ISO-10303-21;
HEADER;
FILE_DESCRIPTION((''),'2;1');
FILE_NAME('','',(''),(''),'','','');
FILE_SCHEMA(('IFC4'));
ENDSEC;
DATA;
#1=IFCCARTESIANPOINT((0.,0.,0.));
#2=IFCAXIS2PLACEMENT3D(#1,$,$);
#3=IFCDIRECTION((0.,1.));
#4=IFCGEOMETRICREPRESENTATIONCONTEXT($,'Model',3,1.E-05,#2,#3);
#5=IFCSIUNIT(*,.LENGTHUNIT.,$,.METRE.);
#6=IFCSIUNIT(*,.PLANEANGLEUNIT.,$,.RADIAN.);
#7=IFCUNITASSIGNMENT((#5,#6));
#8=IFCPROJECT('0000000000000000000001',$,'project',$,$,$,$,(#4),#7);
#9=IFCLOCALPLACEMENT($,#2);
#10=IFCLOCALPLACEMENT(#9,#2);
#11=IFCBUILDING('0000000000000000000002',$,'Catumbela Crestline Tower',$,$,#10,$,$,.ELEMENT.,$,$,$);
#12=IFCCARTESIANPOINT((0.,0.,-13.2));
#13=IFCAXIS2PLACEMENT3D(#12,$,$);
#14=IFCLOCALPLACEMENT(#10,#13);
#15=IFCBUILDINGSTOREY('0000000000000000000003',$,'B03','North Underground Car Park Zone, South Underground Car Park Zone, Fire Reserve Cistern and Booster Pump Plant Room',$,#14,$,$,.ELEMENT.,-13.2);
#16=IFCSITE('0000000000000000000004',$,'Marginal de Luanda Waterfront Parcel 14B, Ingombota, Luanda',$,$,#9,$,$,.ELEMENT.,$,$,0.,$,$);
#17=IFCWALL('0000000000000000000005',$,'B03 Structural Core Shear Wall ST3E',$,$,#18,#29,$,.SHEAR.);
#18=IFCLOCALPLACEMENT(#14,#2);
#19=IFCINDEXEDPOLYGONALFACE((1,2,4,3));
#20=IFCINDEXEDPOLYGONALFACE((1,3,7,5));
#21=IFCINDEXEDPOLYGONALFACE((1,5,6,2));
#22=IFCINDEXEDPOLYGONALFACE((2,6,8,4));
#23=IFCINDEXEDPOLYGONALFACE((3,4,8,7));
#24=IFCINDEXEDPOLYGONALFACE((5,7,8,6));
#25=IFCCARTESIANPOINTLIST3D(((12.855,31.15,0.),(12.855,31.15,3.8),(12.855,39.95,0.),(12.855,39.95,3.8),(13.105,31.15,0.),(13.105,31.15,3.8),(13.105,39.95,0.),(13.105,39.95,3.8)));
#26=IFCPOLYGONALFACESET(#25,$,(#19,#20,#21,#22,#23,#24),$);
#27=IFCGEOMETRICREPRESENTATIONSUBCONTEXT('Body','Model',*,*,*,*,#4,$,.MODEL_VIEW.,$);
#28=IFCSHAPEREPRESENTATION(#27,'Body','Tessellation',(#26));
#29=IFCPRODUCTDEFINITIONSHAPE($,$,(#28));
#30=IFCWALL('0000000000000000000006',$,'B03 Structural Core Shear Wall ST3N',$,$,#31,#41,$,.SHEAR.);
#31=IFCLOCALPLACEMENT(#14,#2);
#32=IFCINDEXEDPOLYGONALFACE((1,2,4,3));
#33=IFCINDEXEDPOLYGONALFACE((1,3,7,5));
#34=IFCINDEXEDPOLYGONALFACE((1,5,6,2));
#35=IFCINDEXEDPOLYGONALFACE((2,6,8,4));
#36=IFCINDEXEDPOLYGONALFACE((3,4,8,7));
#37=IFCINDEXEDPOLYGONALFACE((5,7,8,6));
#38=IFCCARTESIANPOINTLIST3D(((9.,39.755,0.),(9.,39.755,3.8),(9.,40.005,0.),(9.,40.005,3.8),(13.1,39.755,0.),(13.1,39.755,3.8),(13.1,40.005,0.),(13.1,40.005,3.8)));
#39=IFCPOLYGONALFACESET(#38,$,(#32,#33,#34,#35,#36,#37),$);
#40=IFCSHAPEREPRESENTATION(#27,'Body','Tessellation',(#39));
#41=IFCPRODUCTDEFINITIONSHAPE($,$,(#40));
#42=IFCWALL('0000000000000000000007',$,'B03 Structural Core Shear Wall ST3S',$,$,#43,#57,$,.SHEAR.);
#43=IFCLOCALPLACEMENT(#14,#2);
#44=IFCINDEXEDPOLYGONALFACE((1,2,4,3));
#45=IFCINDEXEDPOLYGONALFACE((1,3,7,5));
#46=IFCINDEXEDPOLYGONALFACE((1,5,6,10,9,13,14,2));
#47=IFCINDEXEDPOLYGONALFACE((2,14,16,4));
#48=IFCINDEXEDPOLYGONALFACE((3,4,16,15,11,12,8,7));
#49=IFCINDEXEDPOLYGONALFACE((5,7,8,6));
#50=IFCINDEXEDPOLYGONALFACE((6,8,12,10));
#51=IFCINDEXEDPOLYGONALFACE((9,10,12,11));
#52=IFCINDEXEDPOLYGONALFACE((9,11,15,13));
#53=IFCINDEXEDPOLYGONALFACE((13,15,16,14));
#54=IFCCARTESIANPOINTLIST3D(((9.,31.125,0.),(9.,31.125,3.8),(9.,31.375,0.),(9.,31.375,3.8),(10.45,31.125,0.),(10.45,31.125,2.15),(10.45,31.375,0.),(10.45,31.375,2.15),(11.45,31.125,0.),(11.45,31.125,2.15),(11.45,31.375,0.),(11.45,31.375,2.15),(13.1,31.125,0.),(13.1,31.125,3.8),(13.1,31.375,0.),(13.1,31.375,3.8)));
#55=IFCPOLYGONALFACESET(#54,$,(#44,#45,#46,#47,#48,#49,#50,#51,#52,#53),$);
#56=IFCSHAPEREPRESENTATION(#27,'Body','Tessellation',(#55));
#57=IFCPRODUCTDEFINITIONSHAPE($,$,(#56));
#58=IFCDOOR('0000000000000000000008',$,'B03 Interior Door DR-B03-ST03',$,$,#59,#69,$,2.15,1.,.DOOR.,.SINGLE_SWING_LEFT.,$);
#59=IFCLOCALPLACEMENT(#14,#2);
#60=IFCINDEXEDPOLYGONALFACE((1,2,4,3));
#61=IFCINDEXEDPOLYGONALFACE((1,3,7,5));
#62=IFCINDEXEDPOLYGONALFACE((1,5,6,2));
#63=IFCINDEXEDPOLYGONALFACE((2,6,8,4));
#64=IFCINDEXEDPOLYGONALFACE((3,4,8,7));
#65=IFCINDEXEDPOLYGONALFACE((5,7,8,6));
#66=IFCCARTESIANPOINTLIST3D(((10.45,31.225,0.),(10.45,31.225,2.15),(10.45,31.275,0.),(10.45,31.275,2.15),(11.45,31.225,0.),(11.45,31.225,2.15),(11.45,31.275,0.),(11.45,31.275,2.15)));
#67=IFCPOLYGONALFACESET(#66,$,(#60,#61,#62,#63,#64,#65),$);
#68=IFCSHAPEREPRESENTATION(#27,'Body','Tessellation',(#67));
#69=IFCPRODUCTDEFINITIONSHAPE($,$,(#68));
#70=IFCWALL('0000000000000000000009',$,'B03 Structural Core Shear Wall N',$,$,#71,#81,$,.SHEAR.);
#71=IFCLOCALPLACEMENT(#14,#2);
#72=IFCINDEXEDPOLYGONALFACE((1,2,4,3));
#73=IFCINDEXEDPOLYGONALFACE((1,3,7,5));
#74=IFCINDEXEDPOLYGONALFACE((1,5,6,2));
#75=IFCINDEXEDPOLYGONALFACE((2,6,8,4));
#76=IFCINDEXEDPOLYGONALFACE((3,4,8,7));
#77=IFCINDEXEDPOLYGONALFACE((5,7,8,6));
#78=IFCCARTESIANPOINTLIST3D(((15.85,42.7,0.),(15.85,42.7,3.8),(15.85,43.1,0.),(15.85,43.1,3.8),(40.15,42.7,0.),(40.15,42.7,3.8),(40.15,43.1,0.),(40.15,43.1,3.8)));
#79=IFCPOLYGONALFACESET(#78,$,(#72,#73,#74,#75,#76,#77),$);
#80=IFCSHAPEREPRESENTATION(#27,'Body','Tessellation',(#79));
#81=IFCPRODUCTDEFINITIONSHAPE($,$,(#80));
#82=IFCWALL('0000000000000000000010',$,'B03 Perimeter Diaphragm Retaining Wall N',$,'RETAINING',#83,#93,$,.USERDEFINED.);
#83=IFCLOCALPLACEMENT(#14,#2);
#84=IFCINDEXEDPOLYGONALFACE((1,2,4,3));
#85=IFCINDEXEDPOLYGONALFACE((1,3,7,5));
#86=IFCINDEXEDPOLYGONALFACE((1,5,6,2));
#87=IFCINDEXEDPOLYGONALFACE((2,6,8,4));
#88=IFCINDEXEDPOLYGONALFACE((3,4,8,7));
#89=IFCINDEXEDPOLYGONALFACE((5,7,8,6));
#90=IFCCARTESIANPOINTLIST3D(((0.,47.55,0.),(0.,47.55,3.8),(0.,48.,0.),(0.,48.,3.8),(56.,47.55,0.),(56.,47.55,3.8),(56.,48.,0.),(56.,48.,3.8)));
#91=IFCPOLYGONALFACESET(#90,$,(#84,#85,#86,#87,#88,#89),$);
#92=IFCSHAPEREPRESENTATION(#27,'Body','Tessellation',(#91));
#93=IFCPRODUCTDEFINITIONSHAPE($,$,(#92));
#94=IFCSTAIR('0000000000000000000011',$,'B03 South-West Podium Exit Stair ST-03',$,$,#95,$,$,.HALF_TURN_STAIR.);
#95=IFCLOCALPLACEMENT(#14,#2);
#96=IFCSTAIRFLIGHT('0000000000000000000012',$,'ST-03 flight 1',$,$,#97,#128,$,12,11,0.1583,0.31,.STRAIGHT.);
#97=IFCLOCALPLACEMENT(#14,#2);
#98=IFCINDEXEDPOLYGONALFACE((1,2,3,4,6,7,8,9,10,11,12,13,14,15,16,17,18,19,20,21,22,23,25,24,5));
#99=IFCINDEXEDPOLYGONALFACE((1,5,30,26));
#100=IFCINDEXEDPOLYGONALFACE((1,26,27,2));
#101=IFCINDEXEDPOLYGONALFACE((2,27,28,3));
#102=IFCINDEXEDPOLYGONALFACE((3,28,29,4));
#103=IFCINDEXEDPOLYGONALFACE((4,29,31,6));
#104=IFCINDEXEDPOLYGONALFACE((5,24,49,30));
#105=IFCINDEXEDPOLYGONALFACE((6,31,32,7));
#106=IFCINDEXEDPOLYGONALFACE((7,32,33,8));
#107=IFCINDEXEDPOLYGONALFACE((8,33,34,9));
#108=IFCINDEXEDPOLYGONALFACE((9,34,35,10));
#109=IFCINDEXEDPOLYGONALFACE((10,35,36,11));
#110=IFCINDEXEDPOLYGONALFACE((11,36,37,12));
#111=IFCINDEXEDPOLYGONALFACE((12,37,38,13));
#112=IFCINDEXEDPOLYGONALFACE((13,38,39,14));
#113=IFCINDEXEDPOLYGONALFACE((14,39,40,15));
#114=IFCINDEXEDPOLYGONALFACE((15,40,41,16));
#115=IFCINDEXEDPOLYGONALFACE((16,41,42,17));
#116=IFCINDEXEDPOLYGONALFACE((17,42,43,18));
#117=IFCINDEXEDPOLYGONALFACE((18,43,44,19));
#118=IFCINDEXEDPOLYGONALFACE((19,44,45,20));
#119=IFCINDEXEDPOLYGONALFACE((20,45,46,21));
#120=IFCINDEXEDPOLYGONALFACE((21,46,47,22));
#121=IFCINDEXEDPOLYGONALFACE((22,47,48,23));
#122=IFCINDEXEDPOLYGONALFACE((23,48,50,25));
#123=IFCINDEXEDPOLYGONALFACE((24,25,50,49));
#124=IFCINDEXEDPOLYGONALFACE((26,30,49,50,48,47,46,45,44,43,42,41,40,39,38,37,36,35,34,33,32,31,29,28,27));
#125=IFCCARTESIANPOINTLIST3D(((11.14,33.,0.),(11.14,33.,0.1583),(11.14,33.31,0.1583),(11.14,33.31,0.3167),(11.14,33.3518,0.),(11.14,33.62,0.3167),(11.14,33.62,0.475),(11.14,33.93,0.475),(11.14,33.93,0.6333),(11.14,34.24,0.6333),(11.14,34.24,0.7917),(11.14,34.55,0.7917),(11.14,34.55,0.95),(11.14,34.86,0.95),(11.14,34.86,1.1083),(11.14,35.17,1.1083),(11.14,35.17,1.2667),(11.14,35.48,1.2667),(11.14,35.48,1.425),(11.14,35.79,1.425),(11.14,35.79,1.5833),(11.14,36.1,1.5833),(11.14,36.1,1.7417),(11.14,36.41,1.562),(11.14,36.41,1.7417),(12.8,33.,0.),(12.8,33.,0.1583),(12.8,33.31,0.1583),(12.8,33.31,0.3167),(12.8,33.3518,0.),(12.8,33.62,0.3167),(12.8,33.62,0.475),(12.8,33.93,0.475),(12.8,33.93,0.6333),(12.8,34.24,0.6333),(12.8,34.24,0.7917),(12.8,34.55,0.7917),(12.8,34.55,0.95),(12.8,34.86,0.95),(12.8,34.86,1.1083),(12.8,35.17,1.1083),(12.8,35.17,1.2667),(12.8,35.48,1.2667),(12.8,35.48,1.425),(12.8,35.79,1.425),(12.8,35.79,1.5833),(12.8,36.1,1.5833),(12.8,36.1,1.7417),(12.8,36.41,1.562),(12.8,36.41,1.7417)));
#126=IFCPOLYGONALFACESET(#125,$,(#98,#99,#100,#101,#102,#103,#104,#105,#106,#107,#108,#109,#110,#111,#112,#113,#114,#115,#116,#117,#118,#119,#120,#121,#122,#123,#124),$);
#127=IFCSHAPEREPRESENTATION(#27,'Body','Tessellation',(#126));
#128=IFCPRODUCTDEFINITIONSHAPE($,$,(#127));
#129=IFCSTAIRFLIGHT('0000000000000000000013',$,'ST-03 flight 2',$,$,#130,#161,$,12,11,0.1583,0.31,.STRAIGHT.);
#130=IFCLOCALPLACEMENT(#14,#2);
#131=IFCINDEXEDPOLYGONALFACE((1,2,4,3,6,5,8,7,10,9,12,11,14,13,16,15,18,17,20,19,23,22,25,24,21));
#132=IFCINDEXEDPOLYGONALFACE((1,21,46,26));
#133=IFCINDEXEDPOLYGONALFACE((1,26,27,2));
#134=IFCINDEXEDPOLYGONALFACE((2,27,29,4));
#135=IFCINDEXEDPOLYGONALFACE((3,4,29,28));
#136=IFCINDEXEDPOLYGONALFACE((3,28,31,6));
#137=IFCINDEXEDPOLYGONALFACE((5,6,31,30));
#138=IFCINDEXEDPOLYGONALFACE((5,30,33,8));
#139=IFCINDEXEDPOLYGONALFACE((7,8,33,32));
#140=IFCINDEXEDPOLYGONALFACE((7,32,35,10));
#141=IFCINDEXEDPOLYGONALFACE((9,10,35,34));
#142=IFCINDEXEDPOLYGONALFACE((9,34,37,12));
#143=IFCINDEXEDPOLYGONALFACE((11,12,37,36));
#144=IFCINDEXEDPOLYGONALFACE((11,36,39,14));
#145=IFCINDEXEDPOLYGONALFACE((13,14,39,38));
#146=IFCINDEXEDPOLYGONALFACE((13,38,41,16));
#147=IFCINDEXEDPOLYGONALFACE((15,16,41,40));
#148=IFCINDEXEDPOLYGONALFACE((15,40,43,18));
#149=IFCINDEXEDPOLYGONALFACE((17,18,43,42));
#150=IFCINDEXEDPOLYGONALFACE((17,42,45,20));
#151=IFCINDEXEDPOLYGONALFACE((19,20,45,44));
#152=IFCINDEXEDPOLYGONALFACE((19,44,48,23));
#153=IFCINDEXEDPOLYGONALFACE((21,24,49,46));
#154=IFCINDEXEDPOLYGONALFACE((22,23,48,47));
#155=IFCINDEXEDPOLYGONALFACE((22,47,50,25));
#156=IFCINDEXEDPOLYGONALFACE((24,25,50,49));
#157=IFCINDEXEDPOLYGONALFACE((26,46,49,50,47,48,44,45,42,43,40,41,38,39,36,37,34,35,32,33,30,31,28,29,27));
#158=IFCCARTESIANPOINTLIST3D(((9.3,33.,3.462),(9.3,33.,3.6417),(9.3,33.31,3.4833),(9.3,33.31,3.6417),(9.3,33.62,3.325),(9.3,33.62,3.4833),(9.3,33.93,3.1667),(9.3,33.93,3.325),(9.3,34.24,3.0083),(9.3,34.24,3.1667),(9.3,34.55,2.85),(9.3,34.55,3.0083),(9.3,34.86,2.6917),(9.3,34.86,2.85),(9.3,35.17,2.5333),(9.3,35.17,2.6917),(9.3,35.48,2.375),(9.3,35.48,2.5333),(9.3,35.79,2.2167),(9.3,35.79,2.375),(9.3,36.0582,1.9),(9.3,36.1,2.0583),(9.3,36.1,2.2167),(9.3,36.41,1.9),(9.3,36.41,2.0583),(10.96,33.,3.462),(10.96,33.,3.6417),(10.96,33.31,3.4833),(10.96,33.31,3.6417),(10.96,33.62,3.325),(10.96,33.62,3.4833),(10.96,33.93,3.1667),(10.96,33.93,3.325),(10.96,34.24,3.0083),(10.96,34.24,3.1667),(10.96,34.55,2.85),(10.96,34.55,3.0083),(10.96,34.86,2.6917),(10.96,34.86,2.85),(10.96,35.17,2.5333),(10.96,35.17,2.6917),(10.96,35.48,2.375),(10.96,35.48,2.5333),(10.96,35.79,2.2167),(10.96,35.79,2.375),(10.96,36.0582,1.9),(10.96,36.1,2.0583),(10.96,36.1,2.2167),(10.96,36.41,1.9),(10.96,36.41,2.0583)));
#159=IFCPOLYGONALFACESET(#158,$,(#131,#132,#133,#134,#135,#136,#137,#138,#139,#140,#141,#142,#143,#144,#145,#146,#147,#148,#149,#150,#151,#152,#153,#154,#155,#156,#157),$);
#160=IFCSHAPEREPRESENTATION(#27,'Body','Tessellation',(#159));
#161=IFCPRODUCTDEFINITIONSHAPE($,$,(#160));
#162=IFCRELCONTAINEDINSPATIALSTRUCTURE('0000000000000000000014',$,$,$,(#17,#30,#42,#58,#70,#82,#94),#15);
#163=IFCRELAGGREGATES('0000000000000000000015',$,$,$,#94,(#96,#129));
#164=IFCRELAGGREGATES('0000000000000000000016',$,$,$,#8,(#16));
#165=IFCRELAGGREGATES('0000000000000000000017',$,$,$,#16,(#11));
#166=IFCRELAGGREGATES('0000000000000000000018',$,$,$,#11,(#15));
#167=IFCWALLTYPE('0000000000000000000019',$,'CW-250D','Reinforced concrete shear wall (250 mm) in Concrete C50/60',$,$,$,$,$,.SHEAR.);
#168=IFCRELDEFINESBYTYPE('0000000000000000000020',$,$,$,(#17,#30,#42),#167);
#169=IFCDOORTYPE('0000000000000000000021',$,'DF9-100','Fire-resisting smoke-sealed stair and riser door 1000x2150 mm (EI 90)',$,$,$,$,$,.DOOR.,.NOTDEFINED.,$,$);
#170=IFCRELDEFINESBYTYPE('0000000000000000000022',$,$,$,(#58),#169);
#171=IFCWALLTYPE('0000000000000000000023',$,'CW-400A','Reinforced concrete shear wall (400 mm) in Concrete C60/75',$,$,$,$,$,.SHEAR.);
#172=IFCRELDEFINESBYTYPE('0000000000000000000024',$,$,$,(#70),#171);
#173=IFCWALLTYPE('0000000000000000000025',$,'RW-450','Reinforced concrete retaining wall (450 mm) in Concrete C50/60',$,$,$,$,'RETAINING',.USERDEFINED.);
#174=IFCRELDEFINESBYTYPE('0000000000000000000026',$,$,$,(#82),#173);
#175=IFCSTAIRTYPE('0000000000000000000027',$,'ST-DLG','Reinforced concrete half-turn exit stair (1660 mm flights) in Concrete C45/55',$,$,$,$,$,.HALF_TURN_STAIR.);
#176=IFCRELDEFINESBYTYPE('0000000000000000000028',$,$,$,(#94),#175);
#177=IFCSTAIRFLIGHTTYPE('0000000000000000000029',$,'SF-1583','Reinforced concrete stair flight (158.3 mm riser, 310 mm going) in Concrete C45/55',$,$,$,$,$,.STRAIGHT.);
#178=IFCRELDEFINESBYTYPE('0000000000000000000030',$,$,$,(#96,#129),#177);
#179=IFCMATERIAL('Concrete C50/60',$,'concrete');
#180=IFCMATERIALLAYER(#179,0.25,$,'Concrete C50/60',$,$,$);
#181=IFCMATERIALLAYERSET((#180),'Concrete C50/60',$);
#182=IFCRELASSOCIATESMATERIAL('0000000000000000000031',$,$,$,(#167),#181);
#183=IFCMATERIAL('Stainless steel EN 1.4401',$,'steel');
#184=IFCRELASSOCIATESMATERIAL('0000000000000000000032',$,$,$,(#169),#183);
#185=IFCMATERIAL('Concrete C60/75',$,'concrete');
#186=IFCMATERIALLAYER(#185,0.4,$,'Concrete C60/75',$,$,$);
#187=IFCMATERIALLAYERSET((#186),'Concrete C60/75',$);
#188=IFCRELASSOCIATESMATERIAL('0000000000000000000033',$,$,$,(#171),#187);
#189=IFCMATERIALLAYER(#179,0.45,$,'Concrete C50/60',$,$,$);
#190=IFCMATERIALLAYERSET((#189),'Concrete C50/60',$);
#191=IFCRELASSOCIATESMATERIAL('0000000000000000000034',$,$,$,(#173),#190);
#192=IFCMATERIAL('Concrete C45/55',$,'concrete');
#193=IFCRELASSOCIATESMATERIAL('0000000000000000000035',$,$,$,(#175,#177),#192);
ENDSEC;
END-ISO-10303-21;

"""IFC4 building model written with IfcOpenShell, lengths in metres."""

from ifc_helpers import new_model, si_unit, direction, frame, frame_2d, origin, place, context, subcontext, project, spatial, polyline, rectangle, outline, extrude, material, layer, layer_set, type_object, element, fill, aggregate, save


model = new_model("IFC4")

# Units and contexts
model_context = context("Model", 3, precision=1e-05, world=origin(), true_north=direction((0.0, 1.0)))
body_context = subcontext(model_context, "Body", "Model", "MODEL_VIEW")
ifc_project = project(units=[si_unit("LENGTHUNIT", "METRE"), si_unit("PLANEANGLEUNIT", "RADIAN")], contexts=[model_context])

# Site, building, storey
site_placement = place(None, origin())
site = spatial("IfcSite", under=ifc_project, at=site_placement, Name="Marginal de Luanda Waterfront Parcel 14B, Ingombota, Luanda", CompositionType="ELEMENT", RefElevation=0.0)
building_placement = place(site_placement, origin())
building = spatial("IfcBuilding", under=site, at=building_placement, Name="Catumbela Crestline Tower", CompositionType="ELEMENT")
storey_placement = place(building_placement, frame((0.0, 0.0, -13.2)))
storey = spatial("IfcBuildingStorey", under=building, at=storey_placement, Name="B03", Description="North Underground Car Park Zone, South Underground Car Park Zone, Fire Reserve Cistern and Booster Pump Plant Room", CompositionType="ELEMENT", Elevation=-13.2)

# Shared definitions
ifc_material_1 = material(Name="Concrete C60/75", Category="concrete")

# Shared definitions
ifc_material_2 = material(Name="Concrete C50/60", Category="concrete")
ifc_layer_1 = layer(ifc_material_2, 0.25, Name="Concrete C50/60")
ifc_layer_set_1 = layer_set([ifc_layer_1], Name="Concrete C50/60")
wall_type_1 = type_object("IfcWallType", Name="CW-250D", Description="Reinforced concrete shear wall (250 mm) in Concrete C50/60", PredefinedType="SHEAR", material=ifc_layer_set_1)
ifc_material_3 = material(Name="Stainless steel EN 1.4401", Category="steel")
door_type_1 = type_object("IfcDoorType", Name="DF9-100", Description="Fire-resisting smoke-sealed stair and riser door 1000x2150 mm (EI 90)", OperationType="NOTDEFINED", PredefinedType="DOOR", material=ifc_material_3)

# Walls
for number, where, z_axis, x_axis, name in (
    (1, (12.98, 31.15, 0.0), (0.0, 0.0, 1.0), (0.0, 1.0, 0.0), "B03 Structural Core Shear Wall ST3E"),
):
    element("IfcWall", number, at=place(storey_placement, frame(where, z_axis=z_axis, x_axis=x_axis)), inside=storey, type_object=wall_type_1, Name=name, PredefinedType="SHEAR", context=body_context, shape_type="SweptSolid", body=[
        extrude(rectangle(XDim=8.8, YDim=0.25, at=frame_2d((4.4, 0.0))), origin(), (0.0, 0.0, 1.0), 3.8),
    ])
wall_1_placement = place(storey_placement, frame((9.0, 39.88, 0.0), z_axis=(0.0, 0.0, 1.0), x_axis=(1.0, 0.0, 0.0)))
element("IfcWall", 2, at=wall_1_placement, inside=storey, type_object=wall_type_1, Name="B03 Structural Core Shear Wall ST3N", PredefinedType="SHEAR", context=body_context, shape_type="SweptSolid", body=[
    extrude(rectangle(XDim=4.1, YDim=0.25, at=frame_2d((2.05, 0.0))), origin(), (0.0, 0.0, 1.0), 3.8),
])

# Wall, opening, door
wall_2_placement = place(storey_placement, frame((9.0, 31.25, 0.0), z_axis=(0.0, 0.0, 1.0), x_axis=(1.0, 0.0, 0.0)))
wall_2 = element("IfcWall", 3, at=wall_2_placement, inside=storey, type_object=wall_type_1, Name="B03 Structural Core Shear Wall ST3S", PredefinedType="SHEAR", context=body_context, shape_type="SweptSolid", body=[
    extrude(rectangle(XDim=4.1, YDim=0.25, at=frame_2d((2.05, 0.0))), origin(), (0.0, 0.0, 1.0), 3.8),
])
opening_1_placement = place(wall_2_placement, frame((1.45, 0.0, 0.0)))
opening_1 = element("IfcOpeningElement", 4, at=opening_1_placement, cuts=wall_2, PredefinedType="OPENING", context=body_context, shape_type="SweptSolid", body=[
    extrude(rectangle(XDim=1.0, YDim=2.15, at=frame_2d((0.5, 1.075))), frame((0.0, 0.135, 0.0), z_axis=(0.0, -1.0, 0.0), x_axis=(1.0, 0.0, 0.0)), (0.0, 0.0, 1.0), 0.27),
])
door_1_placement = place(opening_1_placement, origin())
door_1 = element("IfcDoor", 5, at=door_1_placement, inside=storey, type_object=door_type_1, Name="B03 Interior Door DR-B03-ST03", OperationType="SINGLE_SWING_LEFT", OverallHeight=2.15, OverallWidth=1.0, PredefinedType="DOOR", context=body_context, shape_type="SweptSolid", body=[
    extrude(rectangle(XDim=1.0, YDim=2.15, at=frame_2d((0.5, 1.075))), frame((0.0, 0.025, 0.0), z_axis=(0.0, -1.0, 0.0), x_axis=(1.0, 0.0, 0.0)), (0.0, 0.0, 1.0), 0.05),
])
fill(opening_1, door_1)

# Walls
ifc_layer_2 = layer(ifc_material_1, 0.4, Name="Concrete C60/75")
ifc_layer_set_2 = layer_set([ifc_layer_2], Name="Concrete C60/75")
wall_type_2 = type_object("IfcWallType", Name="CW-400A", Description="Reinforced concrete shear wall (400 mm) in Concrete C60/75", PredefinedType="SHEAR", material=ifc_layer_set_2)
wall_3_placement = place(storey_placement, frame((15.85, 42.9, 0.0), z_axis=(0.0, 0.0, 1.0), x_axis=(1.0, 0.0, 0.0)))
element("IfcWall", 6, at=wall_3_placement, inside=storey, type_object=wall_type_2, Name="B03 Structural Core Shear Wall N", PredefinedType="SHEAR", context=body_context, shape_type="SweptSolid", body=[
    extrude(rectangle(XDim=24.3, YDim=0.4, at=frame_2d((12.15, 0.0))), origin(), (0.0, 0.0, 1.0), 3.8),
])
ifc_layer_3 = layer(ifc_material_2, 0.45, Name="Concrete C50/60")
ifc_layer_set_3 = layer_set([ifc_layer_3], Name="Concrete C50/60")
wall_type_3 = type_object("IfcWallType", Name="RW-450", Description="Reinforced concrete retaining wall (450 mm) in Concrete C50/60", ElementType="RETAINING", PredefinedType="USERDEFINED", material=ifc_layer_set_3)
wall_4_placement = place(storey_placement, frame((0.0, 47.775, 0.0), z_axis=(0.0, 0.0, 1.0), x_axis=(1.0, 0.0, 0.0)))
element("IfcWall", 7, at=wall_4_placement, inside=storey, type_object=wall_type_3, Name="B03 Perimeter Diaphragm Retaining Wall N", ObjectType="RETAINING", PredefinedType="USERDEFINED", context=body_context, shape_type="SweptSolid", body=[
    extrude(rectangle(XDim=56.0, YDim=0.45, at=frame_2d((28.0, 0.0))), origin(), (0.0, 0.0, 1.0), 3.8),
])

# Stair, stair flights
ifc_material_4 = material(Name="Concrete C45/55", Category="concrete")
stair_type = type_object("IfcStairType", Name="ST-DLG", Description="Reinforced concrete half-turn exit stair (1660 mm flights) in Concrete C45/55", PredefinedType="HALF_TURN_STAIR", material=ifc_material_4)
stair_placement = place(storey_placement, origin())
stair = element("IfcStair", 8, at=stair_placement, inside=storey, type_object=stair_type, Name="B03 South-West Podium Exit Stair ST-03", PredefinedType="HALF_TURN_STAIR")
stair_flight_type = type_object("IfcStairFlightType", Name="SF-1583", Description="Reinforced concrete stair flight (158.3 mm riser, 310 mm going) in Concrete C45/55", PredefinedType="STRAIGHT", material=ifc_material_4)
stair_flight_1_placement = place(storey_placement, frame((11.97, 33.0, 0.0), z_axis=(0.0, 0.0, 1.0), x_axis=(0.0, 1.0, 0.0)))
stair_flight_1 = element("IfcStairFlight", 9, at=stair_flight_1_placement, type_object=stair_flight_type, Name="ST-03 flight 1", NumberOfRisers=12, NumberOfTreads=11, PredefinedType="STRAIGHT", RiserHeight=0.1583, TreadLength=0.31, context=body_context, shape_type="SweptSolid", body=[
    extrude(outline(polyline([(0.0, 0.0), (0.0, 0.1583), (0.31, 0.1583), (0.31, 0.3167), (0.62, 0.3167), (0.62, 0.475), (0.93, 0.475), (0.93, 0.6333), (1.24, 0.6333), (1.24, 0.7917), (1.55, 0.7917), (1.55, 0.95), (1.86, 0.95), (1.86, 1.1083), (2.17, 1.1083), (2.17, 1.2667), (2.48, 1.2667), (2.48, 1.425), (2.79, 1.425), (2.79, 1.5833), (3.1, 1.5833), (3.1, 1.7417), (3.41, 1.7417), (3.41, 1.9), (3.41, 1.562), (0.3518, 0.0), (0.0, 0.0)])), frame((0.0, 0.83, 0.0), z_axis=(0.0, -1.0, 0.0), x_axis=(1.0, 0.0, 0.0)), (0.0, 0.0, 1.0), 1.66),
])
stair_flight_2_placement = place(storey_placement, frame((10.13, 36.41, 1.9), z_axis=(0.0, 0.0, 1.0), x_axis=(0.0, -1.0, 0.0)))
stair_flight_2 = element("IfcStairFlight", 10, at=stair_flight_2_placement, type_object=stair_flight_type, Name="ST-03 flight 2", NumberOfRisers=12, NumberOfTreads=11, PredefinedType="STRAIGHT", RiserHeight=0.1583, TreadLength=0.31, context=body_context, shape_type="SweptSolid", body=[
    extrude(outline(polyline([(0.0, 0.0), (0.0, 0.1583), (0.31, 0.1583), (0.31, 0.3167), (0.62, 0.3167), (0.62, 0.475), (0.93, 0.475), (0.93, 0.6333), (1.24, 0.6333), (1.24, 0.7917), (1.55, 0.7917), (1.55, 0.95), (1.86, 0.95), (1.86, 1.1083), (2.17, 1.1083), (2.17, 1.2667), (2.48, 1.2667), (2.48, 1.425), (2.79, 1.425), (2.79, 1.5833), (3.1, 1.5833), (3.1, 1.7417), (3.41, 1.7417), (3.41, 1.9), (3.41, 1.562), (0.3518, 0.0), (0.0, 0.0)])), frame((0.0, 0.83, 0.0), z_axis=(0.0, -1.0, 0.0), x_axis=(1.0, 0.0, 0.0)), (0.0, 0.0, 1.0), 1.66),
])
aggregate(stair, [stair_flight_1, stair_flight_2])

save(model, "model.ifc")
